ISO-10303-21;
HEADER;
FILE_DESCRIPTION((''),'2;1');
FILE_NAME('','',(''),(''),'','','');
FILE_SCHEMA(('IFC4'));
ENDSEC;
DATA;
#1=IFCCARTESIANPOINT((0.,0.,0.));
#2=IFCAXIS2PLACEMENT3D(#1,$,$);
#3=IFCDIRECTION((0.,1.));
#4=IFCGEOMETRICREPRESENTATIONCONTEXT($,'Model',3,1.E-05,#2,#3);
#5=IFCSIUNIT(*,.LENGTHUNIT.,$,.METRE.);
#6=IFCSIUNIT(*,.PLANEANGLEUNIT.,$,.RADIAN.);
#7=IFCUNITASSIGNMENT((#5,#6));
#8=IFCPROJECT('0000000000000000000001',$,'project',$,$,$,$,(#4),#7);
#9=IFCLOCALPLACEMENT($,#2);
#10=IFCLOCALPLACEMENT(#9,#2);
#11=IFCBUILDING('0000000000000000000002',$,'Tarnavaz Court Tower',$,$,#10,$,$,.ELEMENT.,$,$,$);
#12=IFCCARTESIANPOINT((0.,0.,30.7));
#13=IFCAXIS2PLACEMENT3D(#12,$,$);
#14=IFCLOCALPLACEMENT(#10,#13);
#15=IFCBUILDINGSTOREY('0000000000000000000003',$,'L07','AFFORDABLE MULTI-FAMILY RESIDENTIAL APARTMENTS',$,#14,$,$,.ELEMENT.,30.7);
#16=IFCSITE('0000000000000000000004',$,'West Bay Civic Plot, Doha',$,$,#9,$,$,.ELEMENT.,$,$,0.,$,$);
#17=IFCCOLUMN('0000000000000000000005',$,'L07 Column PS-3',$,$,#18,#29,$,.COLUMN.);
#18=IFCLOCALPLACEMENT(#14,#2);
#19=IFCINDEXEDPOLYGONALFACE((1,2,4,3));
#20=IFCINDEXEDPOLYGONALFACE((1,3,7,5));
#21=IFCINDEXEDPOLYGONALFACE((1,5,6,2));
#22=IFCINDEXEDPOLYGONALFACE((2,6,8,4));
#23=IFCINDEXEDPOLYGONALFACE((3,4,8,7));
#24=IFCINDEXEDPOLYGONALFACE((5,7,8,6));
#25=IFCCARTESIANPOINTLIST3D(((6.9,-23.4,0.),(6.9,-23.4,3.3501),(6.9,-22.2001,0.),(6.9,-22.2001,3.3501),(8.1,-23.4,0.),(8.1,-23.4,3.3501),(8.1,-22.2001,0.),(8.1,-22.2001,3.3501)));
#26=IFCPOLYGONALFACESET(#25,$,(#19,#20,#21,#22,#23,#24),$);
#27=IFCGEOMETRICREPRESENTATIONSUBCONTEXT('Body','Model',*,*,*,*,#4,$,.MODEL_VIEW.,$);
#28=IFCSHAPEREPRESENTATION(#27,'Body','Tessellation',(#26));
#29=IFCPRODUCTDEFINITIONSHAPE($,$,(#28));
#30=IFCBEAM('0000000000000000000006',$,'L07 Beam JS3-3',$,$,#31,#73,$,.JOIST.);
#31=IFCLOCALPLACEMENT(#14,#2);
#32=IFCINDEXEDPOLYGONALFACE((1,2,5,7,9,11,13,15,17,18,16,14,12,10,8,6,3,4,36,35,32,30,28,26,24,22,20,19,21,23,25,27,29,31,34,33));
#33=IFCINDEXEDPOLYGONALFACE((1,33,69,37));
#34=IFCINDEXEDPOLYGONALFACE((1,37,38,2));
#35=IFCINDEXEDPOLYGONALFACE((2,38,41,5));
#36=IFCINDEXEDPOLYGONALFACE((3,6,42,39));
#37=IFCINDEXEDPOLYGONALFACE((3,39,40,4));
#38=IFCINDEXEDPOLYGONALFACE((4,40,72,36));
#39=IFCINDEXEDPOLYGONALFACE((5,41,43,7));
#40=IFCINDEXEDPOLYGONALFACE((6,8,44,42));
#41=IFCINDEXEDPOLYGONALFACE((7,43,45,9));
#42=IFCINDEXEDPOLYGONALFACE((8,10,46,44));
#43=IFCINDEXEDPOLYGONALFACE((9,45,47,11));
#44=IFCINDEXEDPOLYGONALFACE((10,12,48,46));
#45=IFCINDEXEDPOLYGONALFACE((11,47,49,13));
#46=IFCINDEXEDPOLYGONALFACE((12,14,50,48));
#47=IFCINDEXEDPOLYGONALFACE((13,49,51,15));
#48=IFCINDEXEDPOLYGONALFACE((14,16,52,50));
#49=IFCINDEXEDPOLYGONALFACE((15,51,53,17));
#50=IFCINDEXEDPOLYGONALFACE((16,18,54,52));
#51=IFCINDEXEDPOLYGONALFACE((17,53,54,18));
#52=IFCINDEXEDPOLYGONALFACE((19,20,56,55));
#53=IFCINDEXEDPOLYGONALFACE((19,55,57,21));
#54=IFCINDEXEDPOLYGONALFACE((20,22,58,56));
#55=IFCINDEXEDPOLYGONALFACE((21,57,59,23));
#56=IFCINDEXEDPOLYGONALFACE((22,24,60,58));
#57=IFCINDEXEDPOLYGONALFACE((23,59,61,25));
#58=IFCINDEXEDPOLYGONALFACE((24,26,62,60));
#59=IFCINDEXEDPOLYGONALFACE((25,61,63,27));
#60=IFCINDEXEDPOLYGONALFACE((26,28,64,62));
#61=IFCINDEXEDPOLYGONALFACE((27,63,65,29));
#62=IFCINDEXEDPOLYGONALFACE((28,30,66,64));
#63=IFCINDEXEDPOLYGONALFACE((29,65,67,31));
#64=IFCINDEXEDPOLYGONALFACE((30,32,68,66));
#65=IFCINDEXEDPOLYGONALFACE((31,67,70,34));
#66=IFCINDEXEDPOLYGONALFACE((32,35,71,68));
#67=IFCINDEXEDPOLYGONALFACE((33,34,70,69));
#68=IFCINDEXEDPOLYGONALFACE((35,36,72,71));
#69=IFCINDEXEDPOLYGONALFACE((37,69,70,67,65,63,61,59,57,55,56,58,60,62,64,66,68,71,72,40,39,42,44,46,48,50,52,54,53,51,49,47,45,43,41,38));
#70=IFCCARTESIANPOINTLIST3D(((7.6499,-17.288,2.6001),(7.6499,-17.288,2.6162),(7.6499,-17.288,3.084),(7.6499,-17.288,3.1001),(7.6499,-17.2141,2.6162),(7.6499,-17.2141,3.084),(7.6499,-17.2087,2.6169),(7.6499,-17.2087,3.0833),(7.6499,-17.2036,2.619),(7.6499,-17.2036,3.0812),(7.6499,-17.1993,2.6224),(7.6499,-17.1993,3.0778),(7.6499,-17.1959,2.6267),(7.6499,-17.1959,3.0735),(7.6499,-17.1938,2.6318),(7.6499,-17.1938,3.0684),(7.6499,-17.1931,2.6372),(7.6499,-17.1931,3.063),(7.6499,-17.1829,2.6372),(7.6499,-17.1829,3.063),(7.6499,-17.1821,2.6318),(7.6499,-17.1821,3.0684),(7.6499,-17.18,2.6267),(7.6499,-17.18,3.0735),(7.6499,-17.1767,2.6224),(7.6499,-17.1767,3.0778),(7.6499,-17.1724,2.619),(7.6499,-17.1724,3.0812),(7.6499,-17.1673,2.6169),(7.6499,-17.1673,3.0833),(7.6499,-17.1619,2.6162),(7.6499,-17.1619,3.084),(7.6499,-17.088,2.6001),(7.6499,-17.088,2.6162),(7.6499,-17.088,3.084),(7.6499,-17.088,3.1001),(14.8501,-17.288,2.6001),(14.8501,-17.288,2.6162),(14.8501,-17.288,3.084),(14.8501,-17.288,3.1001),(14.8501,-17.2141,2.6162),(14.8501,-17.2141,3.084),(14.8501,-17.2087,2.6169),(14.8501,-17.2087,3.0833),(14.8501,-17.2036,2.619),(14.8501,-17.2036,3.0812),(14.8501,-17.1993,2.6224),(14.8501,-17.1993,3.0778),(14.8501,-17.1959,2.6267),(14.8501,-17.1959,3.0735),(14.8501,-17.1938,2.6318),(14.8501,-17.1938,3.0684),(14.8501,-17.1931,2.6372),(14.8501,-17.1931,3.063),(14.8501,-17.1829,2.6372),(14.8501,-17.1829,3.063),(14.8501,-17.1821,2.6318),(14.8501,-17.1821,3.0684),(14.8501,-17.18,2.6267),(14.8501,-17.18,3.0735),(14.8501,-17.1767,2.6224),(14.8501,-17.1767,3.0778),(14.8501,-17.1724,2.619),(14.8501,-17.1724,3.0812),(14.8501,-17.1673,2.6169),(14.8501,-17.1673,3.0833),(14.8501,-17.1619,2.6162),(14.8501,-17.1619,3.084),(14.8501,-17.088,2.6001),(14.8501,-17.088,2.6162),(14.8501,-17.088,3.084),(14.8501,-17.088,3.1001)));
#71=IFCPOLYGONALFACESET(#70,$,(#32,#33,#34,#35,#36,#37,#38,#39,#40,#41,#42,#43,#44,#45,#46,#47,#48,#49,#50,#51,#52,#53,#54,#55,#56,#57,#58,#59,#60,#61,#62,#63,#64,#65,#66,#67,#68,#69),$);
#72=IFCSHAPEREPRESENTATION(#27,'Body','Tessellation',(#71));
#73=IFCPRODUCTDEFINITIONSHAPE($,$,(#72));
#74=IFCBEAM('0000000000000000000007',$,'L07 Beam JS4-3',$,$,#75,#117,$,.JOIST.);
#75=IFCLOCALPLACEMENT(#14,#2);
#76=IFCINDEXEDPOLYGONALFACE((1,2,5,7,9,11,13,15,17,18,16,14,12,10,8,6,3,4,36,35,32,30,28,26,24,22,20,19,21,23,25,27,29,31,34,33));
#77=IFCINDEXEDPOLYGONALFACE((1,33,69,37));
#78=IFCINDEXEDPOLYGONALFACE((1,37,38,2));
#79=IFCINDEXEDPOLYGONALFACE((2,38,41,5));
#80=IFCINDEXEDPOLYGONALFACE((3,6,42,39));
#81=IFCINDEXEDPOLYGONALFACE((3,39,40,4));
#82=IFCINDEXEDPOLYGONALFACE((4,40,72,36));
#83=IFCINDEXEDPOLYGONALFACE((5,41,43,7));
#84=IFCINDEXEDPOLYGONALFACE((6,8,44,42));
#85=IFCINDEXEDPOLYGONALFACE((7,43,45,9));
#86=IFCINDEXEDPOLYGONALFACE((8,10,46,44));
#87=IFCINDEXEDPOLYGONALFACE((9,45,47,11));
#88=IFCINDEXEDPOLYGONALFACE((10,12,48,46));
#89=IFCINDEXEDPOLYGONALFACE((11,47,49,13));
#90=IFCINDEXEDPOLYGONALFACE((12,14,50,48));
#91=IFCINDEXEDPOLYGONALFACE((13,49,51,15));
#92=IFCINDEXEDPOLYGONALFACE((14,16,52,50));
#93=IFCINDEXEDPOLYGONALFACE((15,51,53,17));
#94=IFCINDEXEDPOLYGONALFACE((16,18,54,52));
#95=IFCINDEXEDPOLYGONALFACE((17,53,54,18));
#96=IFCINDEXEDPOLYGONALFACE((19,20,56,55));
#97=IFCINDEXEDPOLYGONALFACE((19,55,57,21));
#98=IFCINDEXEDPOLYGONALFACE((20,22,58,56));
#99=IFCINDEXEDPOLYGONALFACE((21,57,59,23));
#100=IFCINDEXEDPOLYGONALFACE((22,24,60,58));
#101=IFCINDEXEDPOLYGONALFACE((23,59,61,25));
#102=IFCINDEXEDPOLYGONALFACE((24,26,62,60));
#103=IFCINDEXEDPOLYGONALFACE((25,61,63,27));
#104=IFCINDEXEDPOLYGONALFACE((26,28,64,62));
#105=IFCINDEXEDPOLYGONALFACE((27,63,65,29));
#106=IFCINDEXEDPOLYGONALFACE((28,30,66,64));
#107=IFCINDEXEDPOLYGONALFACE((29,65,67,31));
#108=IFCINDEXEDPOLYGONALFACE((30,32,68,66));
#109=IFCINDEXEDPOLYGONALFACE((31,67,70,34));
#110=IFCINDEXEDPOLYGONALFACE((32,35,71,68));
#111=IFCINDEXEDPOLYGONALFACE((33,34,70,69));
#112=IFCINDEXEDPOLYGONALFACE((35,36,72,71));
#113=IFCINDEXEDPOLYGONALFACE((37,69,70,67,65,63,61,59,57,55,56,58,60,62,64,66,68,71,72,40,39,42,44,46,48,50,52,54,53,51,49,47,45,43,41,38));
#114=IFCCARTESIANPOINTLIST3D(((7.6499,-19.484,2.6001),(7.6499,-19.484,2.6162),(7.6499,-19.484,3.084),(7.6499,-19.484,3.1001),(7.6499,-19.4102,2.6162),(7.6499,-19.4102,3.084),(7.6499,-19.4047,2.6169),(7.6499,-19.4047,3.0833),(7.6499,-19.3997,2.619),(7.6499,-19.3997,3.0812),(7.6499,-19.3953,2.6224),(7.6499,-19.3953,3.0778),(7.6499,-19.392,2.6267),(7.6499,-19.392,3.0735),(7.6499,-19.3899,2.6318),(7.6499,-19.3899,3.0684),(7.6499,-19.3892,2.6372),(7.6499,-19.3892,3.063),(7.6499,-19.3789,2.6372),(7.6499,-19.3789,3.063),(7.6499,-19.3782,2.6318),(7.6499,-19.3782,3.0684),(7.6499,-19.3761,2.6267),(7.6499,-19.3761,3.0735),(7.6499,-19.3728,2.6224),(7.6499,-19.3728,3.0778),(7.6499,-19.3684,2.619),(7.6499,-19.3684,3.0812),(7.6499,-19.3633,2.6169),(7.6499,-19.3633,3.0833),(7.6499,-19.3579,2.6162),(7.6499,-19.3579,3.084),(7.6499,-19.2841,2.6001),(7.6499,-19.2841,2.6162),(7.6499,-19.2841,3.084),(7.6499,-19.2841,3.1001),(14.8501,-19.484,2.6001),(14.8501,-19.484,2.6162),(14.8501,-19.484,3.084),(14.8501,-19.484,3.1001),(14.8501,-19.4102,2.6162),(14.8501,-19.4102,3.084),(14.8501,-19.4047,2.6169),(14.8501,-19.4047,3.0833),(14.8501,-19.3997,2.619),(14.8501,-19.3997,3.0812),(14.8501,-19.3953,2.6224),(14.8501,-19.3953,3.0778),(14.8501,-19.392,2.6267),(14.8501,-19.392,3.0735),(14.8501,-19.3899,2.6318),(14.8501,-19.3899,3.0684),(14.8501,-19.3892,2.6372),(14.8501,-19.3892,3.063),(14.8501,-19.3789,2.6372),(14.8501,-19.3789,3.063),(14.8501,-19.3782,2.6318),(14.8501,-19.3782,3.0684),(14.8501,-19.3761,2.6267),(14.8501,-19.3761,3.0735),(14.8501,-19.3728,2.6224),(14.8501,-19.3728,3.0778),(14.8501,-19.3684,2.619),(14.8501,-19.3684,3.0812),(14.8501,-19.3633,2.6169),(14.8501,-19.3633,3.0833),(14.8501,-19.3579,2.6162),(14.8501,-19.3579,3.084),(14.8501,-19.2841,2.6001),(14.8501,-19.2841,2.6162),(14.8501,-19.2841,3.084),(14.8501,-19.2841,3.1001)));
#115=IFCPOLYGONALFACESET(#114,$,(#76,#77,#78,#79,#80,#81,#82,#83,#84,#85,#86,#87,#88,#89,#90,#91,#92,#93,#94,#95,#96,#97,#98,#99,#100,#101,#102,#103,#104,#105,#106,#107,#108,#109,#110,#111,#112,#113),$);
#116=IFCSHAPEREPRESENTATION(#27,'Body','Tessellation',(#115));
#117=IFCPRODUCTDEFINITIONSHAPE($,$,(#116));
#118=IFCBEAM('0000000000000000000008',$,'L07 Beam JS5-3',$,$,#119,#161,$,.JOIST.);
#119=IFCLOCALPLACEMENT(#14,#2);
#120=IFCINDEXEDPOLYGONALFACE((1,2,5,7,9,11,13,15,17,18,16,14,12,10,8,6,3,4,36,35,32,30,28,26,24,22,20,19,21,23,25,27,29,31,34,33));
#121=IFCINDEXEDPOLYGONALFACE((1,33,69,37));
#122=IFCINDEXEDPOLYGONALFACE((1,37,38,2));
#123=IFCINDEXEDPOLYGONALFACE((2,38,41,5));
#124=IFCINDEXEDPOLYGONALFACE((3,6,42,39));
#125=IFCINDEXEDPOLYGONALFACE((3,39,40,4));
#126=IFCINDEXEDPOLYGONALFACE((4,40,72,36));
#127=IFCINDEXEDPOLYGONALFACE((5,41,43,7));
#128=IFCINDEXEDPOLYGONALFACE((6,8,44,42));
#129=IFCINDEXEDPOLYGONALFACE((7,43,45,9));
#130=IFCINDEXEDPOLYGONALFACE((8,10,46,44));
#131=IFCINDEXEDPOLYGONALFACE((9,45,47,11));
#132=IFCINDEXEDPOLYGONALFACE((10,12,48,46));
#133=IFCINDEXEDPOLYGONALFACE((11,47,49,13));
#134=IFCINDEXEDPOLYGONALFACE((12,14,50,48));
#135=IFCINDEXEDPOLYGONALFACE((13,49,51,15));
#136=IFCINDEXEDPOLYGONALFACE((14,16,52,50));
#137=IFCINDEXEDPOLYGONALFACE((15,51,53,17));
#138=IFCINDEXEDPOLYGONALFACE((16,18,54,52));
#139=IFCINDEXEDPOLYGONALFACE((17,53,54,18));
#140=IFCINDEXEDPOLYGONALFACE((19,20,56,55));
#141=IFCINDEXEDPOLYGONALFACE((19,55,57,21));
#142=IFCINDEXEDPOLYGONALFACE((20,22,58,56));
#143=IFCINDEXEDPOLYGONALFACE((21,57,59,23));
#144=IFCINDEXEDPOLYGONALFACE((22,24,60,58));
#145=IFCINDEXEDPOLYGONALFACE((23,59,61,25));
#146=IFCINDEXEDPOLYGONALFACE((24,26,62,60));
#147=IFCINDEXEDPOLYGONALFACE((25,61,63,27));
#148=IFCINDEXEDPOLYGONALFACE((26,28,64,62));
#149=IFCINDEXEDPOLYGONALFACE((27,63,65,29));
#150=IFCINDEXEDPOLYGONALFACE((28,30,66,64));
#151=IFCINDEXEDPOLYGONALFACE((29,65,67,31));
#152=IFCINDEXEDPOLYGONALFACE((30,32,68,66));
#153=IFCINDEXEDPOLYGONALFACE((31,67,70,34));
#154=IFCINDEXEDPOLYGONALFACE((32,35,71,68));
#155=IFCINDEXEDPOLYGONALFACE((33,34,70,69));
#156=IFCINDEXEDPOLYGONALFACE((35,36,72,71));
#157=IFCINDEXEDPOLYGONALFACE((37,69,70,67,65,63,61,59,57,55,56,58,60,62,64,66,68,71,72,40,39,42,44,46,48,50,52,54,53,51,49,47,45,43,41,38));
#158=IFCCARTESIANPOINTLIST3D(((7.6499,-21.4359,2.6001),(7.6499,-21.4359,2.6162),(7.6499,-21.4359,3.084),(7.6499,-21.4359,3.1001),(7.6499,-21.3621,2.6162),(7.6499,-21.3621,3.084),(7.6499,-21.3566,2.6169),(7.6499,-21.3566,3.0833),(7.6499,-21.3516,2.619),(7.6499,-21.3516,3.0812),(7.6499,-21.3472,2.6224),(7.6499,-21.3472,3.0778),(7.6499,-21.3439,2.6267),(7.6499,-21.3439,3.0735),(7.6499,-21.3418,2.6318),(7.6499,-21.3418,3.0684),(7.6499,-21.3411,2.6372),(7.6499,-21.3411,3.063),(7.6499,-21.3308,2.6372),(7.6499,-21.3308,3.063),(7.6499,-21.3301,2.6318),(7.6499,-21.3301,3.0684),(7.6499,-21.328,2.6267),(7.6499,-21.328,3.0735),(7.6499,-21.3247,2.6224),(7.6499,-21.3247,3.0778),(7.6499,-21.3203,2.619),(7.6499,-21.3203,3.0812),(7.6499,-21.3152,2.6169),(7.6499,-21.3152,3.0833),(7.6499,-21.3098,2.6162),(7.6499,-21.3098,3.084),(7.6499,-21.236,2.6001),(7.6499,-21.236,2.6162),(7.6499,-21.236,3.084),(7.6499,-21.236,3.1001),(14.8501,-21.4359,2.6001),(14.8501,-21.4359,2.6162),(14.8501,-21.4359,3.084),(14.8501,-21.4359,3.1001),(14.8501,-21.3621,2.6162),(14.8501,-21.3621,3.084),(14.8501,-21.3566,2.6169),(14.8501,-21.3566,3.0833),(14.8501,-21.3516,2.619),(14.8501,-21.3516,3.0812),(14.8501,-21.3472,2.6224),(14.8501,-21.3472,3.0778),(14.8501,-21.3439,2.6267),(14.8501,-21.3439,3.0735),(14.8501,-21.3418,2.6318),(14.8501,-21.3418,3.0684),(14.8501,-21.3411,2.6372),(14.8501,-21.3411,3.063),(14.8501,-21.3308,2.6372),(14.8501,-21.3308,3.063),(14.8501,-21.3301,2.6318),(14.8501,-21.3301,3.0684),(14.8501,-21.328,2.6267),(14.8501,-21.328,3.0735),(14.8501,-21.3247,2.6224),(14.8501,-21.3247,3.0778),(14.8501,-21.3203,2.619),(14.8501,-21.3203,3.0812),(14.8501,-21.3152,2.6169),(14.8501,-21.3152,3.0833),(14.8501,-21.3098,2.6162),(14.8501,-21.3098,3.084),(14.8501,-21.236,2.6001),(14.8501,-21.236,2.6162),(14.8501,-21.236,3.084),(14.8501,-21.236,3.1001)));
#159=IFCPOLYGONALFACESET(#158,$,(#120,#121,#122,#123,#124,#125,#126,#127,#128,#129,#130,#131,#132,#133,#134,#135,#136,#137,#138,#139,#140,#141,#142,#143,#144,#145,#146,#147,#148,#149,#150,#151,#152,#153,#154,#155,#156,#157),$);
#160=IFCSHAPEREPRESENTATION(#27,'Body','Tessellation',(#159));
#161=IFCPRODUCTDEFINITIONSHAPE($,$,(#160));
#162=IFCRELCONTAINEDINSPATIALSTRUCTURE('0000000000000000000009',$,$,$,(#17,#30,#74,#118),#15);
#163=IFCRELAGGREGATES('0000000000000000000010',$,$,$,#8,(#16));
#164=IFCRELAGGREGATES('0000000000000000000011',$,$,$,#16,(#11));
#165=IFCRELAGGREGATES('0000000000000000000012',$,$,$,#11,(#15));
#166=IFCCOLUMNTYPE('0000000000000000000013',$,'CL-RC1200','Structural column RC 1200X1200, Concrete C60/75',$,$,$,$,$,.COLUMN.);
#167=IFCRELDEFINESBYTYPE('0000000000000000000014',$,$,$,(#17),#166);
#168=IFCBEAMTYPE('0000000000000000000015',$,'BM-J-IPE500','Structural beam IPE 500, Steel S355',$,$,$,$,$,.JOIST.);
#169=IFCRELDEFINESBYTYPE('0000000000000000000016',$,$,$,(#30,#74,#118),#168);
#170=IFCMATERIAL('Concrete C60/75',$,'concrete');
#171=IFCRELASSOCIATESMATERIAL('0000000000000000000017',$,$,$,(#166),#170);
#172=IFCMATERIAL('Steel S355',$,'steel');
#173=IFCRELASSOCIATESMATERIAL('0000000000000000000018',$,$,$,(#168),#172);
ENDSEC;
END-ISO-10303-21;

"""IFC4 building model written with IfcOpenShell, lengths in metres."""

from ifc_helpers import new_model, si_unit, direction, frame, origin, origin_2d, place, context, subcontext, project, spatial, rectangle, i_section, extrude, material, material_profile, profile_set, type_object, element, save


model = new_model("IFC4")

# Units and contexts
model_context = context("Model", 3, precision=1e-05, world=origin(), true_north=direction((0.0, 1.0)))
body_context = subcontext(model_context, "Body", "Model", "MODEL_VIEW")
ifc_project = project(units=[si_unit("LENGTHUNIT", "METRE"), si_unit("PLANEANGLEUNIT", "RADIAN")], contexts=[model_context])

# Site, building, storey
site_placement = place(None, origin())
site = spatial("IfcSite", under=ifc_project, at=site_placement, Name="West Bay Civic Plot, Doha", CompositionType="ELEMENT", RefElevation=0.0)
building_placement = place(site_placement, origin())
building = spatial("IfcBuilding", under=site, at=building_placement, Name="Tarnavaz Court Tower", CompositionType="ELEMENT")
storey_placement = place(building_placement, frame((0.0, 0.0, 30.7)))
storey = spatial("IfcBuildingStorey", under=building, at=storey_placement, Name="L07", Description="AFFORDABLE MULTI-FAMILY RESIDENTIAL APARTMENTS", CompositionType="ELEMENT", Elevation=30.7)

# Column
ifc_material_1 = material(Name="Concrete C60/75", Category="concrete")
ifc_material_profile_1 = material_profile(ifc_material_1, rectangle(XDim=1.2, YDim=1.2, at=origin_2d()), Name="RC 1200X1200")
ifc_profile_set_1 = profile_set([ifc_material_profile_1], Name="Concrete C60/75")
column_type = type_object("IfcColumnType", Name="CL-RC1200", Description="Structural column RC 1200X1200, Concrete C60/75", PredefinedType="COLUMN", material=ifc_profile_set_1)
column_placement = place(storey_placement, frame((7.5, -22.8, 0.0), z_axis=(0.0, 0.0, 1.0), x_axis=(1.0, 0.0, 0.0)))
element("IfcColumn", 1, at=column_placement, inside=storey, type_object=column_type, Name="L07 Column PS-3", PredefinedType="COLUMN", context=body_context, shape_type="SweptSolid", body=[
    extrude(rectangle(XDim=1.2, YDim=1.2, at=origin_2d()), origin(), (0.0, 0.0, 1.0), 3.3501),
])

# Beams
ifc_material_2 = material(Name="Steel S355", Category="steel")
ifc_material_profile_2 = material_profile(ifc_material_2, i_section(OverallWidth=0.2, OverallDepth=0.5, WebThickness=0.0103, FlangeThickness=0.0161, FilletRadius=0.021, at=origin_2d()), Name="IPE 500")
ifc_profile_set_2 = profile_set([ifc_material_profile_2], Name="Steel S355")
beam_type_1 = type_object("IfcBeamType", Name="BM-J-IPE500", Description="Structural beam IPE 500, Steel S355", PredefinedType="JOIST", material=ifc_profile_set_2)
for number, where, z_axis, x_axis, name in (
    (2, (7.6499, -17.188, 2.8501), (1.0, 0.0, 0.0), (0.0, 1.0, 0.0), "L07 Beam JS3-3"),
    (3, (7.6499, -19.384, 2.8501), (1.0, 0.0, 0.0), (0.0, 1.0, 0.0), "L07 Beam JS4-3"),
    (4, (7.6499, -21.3359, 2.8501), (1.0, 0.0, 0.0), (0.0, 1.0, 0.0), "L07 Beam JS5-3"),
):
    element("IfcBeam", number, at=place(storey_placement, frame(where, z_axis=z_axis, x_axis=x_axis)), inside=storey, type_object=beam_type_1, Name=name, PredefinedType="JOIST", context=body_context, shape_type="SweptSolid", body=[
        extrude(i_section(OverallWidth=0.2, OverallDepth=0.5, WebThickness=0.0103, FlangeThickness=0.0161, FilletRadius=0.021, at=origin_2d()), origin(), (0.0, 0.0, 1.0), 7.2002),
    ])

save(model, "model.ifc")
